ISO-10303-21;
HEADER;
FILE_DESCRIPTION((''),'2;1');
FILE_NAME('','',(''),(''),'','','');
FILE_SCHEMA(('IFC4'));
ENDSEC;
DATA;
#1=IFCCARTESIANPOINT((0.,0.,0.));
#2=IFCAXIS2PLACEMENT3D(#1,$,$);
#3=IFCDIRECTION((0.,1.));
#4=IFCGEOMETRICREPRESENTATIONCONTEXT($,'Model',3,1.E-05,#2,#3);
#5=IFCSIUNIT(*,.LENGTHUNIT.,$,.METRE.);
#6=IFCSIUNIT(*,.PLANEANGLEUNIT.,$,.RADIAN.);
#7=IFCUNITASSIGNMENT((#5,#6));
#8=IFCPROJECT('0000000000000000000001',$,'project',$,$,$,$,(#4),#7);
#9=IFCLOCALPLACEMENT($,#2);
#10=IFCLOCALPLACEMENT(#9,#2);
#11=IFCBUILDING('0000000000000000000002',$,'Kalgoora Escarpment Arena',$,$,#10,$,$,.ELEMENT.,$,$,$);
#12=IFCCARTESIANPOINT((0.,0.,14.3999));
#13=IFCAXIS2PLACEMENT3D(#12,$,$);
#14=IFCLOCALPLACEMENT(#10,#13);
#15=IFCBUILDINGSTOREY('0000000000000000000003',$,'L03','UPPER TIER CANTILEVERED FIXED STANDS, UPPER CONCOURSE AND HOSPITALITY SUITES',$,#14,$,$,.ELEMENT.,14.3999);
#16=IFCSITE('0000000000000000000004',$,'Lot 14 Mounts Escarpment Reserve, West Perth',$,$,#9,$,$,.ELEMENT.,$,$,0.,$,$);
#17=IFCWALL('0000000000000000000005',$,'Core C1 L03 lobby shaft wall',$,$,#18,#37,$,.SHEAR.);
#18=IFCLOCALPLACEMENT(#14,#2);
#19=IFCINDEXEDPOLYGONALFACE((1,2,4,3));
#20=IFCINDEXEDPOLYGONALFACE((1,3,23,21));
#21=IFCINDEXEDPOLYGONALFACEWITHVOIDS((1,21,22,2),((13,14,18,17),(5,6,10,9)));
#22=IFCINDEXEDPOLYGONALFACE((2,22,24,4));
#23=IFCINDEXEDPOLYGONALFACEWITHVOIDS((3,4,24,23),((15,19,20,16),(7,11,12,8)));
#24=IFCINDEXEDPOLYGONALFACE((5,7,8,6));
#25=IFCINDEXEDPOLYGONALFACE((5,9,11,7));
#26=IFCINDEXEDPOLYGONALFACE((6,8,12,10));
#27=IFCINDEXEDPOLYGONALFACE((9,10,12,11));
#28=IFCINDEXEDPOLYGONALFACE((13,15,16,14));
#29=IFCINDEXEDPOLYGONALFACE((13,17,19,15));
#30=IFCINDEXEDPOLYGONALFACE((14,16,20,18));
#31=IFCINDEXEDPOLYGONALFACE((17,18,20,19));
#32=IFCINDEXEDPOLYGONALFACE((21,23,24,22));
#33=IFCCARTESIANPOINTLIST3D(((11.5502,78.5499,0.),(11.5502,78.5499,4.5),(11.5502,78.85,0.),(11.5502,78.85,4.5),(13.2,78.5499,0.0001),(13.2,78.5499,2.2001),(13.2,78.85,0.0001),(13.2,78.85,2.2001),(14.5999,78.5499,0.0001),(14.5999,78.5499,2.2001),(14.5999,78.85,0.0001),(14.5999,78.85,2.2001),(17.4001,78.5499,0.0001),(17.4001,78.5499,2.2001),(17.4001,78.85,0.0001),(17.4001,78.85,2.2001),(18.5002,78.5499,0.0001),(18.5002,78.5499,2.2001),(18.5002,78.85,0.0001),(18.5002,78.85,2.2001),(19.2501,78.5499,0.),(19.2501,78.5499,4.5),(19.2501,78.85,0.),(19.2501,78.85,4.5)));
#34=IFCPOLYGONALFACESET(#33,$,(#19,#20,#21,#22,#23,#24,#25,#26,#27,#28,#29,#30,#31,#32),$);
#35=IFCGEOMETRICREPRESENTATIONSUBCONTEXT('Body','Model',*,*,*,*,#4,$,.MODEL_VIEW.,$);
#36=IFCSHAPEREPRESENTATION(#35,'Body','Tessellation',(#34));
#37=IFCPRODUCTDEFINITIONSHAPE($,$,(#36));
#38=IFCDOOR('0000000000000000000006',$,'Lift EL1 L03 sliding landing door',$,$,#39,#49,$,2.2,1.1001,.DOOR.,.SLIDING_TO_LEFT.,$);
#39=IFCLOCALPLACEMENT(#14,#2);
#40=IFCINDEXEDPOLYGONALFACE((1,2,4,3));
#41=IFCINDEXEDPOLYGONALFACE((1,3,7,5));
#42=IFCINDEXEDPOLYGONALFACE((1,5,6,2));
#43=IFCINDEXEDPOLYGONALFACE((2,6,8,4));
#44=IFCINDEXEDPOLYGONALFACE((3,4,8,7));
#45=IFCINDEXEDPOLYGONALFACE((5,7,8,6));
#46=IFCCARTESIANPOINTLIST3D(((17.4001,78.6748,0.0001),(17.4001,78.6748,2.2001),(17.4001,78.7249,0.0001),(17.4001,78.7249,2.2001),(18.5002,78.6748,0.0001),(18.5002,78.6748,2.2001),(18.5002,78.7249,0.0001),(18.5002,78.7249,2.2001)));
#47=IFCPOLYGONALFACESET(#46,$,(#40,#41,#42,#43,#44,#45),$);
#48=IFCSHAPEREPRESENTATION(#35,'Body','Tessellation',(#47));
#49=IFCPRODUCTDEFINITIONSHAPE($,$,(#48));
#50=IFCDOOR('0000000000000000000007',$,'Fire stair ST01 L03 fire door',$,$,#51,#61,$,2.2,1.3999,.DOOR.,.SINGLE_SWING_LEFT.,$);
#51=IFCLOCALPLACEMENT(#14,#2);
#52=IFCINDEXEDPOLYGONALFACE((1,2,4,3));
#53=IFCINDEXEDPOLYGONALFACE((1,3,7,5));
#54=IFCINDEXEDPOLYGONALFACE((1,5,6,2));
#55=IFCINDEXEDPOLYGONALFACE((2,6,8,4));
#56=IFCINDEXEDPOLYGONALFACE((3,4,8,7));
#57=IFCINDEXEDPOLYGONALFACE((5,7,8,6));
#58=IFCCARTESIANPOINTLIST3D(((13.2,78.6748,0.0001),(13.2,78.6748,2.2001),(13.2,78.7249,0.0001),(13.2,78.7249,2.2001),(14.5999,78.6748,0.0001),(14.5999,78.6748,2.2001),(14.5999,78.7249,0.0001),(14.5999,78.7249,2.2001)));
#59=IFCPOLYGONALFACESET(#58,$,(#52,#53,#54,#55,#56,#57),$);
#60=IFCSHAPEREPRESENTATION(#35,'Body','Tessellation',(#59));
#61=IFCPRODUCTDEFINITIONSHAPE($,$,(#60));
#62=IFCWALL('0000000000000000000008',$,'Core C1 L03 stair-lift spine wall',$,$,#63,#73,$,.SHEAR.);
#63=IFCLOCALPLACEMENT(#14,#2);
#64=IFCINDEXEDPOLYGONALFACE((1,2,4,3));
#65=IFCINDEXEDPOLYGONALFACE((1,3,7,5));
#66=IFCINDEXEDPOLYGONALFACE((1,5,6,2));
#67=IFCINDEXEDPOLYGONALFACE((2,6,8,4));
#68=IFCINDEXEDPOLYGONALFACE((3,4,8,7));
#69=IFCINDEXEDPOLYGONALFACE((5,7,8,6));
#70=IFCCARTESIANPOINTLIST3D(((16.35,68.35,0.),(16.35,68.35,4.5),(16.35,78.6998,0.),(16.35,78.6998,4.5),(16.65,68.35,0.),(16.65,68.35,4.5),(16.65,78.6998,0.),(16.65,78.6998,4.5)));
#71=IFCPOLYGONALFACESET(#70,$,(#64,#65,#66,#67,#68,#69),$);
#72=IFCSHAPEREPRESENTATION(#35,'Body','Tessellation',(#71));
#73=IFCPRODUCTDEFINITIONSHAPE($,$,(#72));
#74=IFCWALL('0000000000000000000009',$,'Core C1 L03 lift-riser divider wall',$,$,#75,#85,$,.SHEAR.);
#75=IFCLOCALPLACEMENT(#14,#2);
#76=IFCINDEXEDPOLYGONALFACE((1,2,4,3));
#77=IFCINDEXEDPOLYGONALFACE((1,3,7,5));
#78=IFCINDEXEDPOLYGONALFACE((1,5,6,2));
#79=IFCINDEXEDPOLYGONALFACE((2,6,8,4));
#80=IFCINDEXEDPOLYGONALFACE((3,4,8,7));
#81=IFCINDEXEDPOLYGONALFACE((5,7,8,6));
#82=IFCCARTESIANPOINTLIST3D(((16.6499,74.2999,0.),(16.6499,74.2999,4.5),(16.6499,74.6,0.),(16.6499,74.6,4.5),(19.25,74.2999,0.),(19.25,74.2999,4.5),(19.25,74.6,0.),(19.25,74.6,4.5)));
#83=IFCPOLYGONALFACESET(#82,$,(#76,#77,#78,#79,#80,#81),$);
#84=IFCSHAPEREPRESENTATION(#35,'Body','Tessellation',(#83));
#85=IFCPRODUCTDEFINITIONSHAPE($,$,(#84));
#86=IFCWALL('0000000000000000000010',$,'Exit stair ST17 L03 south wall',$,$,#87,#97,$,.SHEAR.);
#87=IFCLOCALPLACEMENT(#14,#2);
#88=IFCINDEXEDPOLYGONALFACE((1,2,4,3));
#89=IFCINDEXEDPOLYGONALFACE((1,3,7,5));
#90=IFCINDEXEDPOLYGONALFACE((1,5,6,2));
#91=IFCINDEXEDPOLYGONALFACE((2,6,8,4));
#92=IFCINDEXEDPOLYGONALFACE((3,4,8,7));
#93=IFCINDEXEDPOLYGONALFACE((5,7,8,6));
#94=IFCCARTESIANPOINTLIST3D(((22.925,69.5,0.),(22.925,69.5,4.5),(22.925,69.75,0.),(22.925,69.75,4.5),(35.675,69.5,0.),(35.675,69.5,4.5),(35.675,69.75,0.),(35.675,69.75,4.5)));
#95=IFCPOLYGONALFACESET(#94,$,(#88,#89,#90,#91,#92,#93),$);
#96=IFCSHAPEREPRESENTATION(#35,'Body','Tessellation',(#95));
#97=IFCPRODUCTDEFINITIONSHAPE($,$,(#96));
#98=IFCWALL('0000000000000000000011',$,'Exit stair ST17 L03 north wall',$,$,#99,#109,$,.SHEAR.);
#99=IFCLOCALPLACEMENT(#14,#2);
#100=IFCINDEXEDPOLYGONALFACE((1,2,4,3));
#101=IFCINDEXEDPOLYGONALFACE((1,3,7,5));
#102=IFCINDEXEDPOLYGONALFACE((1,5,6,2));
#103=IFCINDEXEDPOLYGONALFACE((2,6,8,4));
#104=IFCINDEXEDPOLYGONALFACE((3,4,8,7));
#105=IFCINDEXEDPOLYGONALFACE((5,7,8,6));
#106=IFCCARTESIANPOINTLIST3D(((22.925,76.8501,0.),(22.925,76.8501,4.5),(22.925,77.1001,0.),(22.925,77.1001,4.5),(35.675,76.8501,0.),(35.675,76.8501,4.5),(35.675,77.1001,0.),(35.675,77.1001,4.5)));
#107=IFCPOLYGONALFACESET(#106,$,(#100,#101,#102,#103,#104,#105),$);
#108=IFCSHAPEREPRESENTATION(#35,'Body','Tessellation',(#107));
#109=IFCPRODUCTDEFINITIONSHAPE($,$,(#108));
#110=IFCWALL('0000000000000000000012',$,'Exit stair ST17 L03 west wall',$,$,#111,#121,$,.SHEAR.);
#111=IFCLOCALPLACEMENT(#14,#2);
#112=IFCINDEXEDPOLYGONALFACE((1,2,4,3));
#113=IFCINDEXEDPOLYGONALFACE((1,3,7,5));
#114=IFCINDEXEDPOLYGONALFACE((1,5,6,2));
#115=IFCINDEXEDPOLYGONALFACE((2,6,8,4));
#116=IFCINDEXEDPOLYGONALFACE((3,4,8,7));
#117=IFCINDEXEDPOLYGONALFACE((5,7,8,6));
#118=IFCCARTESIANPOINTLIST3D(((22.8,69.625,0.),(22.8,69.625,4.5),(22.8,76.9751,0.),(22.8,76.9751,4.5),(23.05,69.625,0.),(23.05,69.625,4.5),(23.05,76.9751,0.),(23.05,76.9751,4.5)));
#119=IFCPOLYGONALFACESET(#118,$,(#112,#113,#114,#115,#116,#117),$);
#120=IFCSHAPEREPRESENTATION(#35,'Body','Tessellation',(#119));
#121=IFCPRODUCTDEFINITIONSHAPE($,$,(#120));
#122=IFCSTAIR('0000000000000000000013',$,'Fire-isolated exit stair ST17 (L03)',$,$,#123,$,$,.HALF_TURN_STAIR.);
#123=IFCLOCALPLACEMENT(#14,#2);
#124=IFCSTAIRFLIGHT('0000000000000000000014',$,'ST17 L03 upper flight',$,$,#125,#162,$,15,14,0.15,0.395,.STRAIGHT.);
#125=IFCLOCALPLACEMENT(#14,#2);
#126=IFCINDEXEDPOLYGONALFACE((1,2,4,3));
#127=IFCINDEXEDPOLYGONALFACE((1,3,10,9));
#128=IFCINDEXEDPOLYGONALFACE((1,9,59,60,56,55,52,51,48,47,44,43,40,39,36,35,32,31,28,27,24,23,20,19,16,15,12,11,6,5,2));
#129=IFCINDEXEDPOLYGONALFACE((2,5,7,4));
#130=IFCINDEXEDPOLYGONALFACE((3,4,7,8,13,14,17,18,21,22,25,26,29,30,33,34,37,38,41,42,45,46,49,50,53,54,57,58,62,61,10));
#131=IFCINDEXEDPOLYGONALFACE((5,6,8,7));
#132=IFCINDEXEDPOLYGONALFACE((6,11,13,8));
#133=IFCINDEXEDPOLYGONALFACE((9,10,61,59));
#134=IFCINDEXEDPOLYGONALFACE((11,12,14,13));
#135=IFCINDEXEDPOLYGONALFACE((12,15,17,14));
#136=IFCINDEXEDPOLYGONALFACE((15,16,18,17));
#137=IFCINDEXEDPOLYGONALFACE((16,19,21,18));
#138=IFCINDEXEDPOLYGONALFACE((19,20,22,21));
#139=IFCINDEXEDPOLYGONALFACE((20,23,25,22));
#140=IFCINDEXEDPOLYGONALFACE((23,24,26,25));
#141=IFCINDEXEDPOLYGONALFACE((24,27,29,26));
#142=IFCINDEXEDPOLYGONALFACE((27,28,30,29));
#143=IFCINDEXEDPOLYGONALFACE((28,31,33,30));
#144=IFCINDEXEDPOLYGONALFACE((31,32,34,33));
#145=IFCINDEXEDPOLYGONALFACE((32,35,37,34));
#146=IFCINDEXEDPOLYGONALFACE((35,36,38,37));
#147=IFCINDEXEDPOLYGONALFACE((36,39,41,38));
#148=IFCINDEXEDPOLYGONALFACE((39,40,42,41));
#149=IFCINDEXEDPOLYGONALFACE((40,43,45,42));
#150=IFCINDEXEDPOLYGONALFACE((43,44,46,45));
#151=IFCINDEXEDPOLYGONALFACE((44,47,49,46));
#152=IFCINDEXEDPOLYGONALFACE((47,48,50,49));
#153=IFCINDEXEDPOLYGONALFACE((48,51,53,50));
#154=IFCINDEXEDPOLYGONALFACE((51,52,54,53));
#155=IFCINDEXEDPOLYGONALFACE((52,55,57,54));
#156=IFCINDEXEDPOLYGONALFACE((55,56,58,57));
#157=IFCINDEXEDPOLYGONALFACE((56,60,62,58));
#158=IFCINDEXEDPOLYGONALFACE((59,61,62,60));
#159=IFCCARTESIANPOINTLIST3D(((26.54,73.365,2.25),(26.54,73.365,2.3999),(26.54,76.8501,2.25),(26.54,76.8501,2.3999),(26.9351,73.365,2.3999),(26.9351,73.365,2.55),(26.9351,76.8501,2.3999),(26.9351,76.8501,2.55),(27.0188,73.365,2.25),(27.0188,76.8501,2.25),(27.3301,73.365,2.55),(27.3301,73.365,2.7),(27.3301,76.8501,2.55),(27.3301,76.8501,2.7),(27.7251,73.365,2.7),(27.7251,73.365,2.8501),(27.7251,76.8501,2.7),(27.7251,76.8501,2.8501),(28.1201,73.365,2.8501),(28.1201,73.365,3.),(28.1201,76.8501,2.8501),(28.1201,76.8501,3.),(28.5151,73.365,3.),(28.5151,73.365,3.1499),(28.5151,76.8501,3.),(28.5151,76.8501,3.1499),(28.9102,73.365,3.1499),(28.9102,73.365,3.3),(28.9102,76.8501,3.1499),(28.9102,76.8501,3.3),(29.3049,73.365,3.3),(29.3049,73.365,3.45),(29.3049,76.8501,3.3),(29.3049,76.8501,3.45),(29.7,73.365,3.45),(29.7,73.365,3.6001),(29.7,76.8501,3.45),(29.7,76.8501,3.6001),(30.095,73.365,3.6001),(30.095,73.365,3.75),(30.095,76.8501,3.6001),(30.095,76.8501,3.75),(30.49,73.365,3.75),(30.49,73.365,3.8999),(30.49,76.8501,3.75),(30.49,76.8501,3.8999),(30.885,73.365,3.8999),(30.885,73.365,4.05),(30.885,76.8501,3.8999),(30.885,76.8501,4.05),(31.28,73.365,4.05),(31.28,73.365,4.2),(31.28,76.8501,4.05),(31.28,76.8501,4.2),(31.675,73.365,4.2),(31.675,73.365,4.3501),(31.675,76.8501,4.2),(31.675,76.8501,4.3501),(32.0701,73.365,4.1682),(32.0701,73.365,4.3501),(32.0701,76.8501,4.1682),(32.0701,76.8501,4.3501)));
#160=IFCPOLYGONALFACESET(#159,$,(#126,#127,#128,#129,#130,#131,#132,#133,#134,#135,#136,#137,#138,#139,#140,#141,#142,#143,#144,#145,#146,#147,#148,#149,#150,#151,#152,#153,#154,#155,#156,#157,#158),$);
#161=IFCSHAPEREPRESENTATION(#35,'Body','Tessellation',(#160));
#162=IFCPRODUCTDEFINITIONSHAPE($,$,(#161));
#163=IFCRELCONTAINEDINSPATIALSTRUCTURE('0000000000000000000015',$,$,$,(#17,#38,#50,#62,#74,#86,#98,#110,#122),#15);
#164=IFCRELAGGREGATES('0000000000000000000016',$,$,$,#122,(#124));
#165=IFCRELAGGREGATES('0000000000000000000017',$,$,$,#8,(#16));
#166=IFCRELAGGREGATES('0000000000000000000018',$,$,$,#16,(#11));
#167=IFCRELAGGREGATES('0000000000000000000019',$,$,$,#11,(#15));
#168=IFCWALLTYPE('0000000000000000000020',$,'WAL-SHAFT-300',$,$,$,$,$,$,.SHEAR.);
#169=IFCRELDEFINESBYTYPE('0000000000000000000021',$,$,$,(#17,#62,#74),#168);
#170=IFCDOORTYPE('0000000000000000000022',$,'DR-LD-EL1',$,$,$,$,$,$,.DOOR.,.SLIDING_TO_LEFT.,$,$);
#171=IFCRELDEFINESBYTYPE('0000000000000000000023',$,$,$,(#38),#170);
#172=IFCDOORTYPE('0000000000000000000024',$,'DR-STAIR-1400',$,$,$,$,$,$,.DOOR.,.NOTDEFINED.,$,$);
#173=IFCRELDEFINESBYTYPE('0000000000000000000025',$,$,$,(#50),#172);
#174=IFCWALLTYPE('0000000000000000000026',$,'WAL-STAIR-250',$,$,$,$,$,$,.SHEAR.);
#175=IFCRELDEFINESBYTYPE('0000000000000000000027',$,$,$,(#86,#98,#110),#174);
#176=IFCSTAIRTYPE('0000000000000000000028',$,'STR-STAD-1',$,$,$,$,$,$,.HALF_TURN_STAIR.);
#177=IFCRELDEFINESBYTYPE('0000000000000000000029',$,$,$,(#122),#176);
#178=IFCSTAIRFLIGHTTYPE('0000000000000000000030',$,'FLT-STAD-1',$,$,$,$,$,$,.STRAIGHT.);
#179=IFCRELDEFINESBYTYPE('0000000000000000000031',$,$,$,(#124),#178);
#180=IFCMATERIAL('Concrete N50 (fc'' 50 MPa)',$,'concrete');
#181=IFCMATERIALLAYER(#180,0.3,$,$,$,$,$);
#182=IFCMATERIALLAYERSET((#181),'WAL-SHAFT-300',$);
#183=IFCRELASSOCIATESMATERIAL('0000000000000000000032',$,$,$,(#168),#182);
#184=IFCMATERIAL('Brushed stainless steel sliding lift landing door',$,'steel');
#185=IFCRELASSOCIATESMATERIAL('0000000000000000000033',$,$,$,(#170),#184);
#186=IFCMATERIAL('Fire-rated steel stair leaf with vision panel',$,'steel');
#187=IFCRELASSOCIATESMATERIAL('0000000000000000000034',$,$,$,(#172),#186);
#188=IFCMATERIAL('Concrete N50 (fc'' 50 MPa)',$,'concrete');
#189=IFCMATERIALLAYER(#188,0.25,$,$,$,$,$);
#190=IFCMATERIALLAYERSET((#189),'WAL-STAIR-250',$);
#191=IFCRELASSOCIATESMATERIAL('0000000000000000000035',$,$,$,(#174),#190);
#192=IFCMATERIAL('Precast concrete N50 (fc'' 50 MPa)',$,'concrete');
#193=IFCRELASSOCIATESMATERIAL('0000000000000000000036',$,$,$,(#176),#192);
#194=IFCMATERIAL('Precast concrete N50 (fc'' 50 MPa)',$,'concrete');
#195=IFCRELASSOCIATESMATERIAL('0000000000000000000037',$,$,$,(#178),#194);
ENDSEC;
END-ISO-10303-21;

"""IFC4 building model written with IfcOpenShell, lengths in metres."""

from ifc_helpers import new_model, si_unit, direction, frame, frame_2d, origin, place, context, subcontext, project, spatial, polyline, rectangle, outline, extrude, material, layer, layer_set, type_object, element, fill, aggregate, save


model = new_model("IFC4")

# Units and contexts
model_context = context("Model", 3, precision=1e-05, world=origin(), true_north=direction((0.0, 1.0)))
body_context = subcontext(model_context, "Body", "Model", "MODEL_VIEW")
ifc_project = project(units=[si_unit("LENGTHUNIT", "METRE"), si_unit("PLANEANGLEUNIT", "RADIAN")], contexts=[model_context])

# Site, building, storey
site_placement = place(None, origin())
site = spatial("IfcSite", under=ifc_project, at=site_placement, Name="Lot 14 Mounts Escarpment Reserve, West Perth", CompositionType="ELEMENT", RefElevation=0.0)
building_placement = place(site_placement, origin())
building = spatial("IfcBuilding", under=site, at=building_placement, Name="Kalgoora Escarpment Arena", CompositionType="ELEMENT")
storey_placement = place(building_placement, frame((0.0, 0.0, 14.3999)))
storey = spatial("IfcBuildingStorey", under=building, at=storey_placement, Name="L03", Description="UPPER TIER CANTILEVERED FIXED STANDS, UPPER CONCOURSE AND HOSPITALITY SUITES", CompositionType="ELEMENT", Elevation=14.3999)

# Wall, openings, doors
ifc_material_1 = material(Name="Concrete N50 (fc' 50 MPa)", Category="concrete")
ifc_layer_1 = layer(ifc_material_1, 0.3)
ifc_layer_set_1 = layer_set([ifc_layer_1], Name="WAL-SHAFT-300")
wall_type_1 = type_object("IfcWallType", Name="WAL-SHAFT-300", PredefinedType="SHEAR", material=ifc_layer_set_1)
wall_1_placement = place(storey_placement, frame((11.55, 78.7, 0.0), z_axis=(0.0, 0.0, 1.0), x_axis=(1.0, 0.0, 0.0)))
wall_1 = element("IfcWall", 1, at=wall_1_placement, inside=storey, type_object=wall_type_1, Name="Core C1 L03 lobby shaft wall", PredefinedType="SHEAR", context=body_context, shape_type="SweptSolid", body=[
    extrude(rectangle(XDim=7.7, YDim=0.3, at=frame_2d((3.8501, 0.0))), origin(), (0.0, 0.0, 1.0), 4.5),
])
opening_1_placement = place(wall_1_placement, frame((1.6499, 0.0, 0.0)))
opening_1 = element("IfcOpeningElement", 2, at=opening_1_placement, cuts=wall_1, PredefinedType="OPENING", context=body_context, shape_type="SweptSolid", body=[
    extrude(rectangle(XDim=1.3999, YDim=2.2, at=frame_2d((0.7, 1.1001))), frame((0.0, 0.1599, 0.0), z_axis=(0.0, -1.0, 0.0), x_axis=(1.0, 0.0, 0.0)), (0.0, 0.0, 1.0), 0.3201),
])
opening_2_placement = place(wall_1_placement, frame((5.8501, 0.0, 0.0)))
opening_2 = element("IfcOpeningElement", 3, at=opening_2_placement, cuts=wall_1, PredefinedType="OPENING", context=body_context, shape_type="SweptSolid", body=[
    extrude(rectangle(XDim=1.1001, YDim=2.2, at=frame_2d((0.55, 1.1001))), frame((0.0, 0.1599, 0.0), z_axis=(0.0, -1.0, 0.0), x_axis=(1.0, 0.0, 0.0)), (0.0, 0.0, 1.0), 0.3201),
])
ifc_material_2 = material(Name="Brushed stainless steel sliding lift landing door", Category="steel")
door_type_1 = type_object("IfcDoorType", Name="DR-LD-EL1", OperationType="SLIDING_TO_LEFT", PredefinedType="DOOR", material=ifc_material_2)
door_1_placement = place(opening_2_placement, origin())
door_1 = element("IfcDoor", 4, at=door_1_placement, inside=storey, type_object=door_type_1, Name="Lift EL1 L03 sliding landing door", OperationType="SLIDING_TO_LEFT", OverallHeight=2.2, OverallWidth=1.1001, PredefinedType="DOOR", context=body_context, shape_type="SweptSolid", body=[
    extrude(rectangle(XDim=1.1001, YDim=2.2, at=frame_2d((0.55, 1.1001))), frame((0.0, 0.0249, 0.0), z_axis=(0.0, -1.0, 0.0), x_axis=(1.0, 0.0, 0.0)), (0.0, 0.0, 1.0), 0.05),
])
fill(opening_2, door_1)
ifc_material_3 = material(Name="Fire-rated steel stair leaf with vision panel", Category="steel")
door_type_2 = type_object("IfcDoorType", Name="DR-STAIR-1400", OperationType="NOTDEFINED", PredefinedType="DOOR", material=ifc_material_3)
door_2_placement = place(opening_1_placement, origin())
door_2 = element("IfcDoor", 5, at=door_2_placement, inside=storey, type_object=door_type_2, Name="Fire stair ST01 L03 fire door", OperationType="SINGLE_SWING_LEFT", OverallHeight=2.2, OverallWidth=1.3999, PredefinedType="DOOR", context=body_context, shape_type="SweptSolid", body=[
    extrude(rectangle(XDim=1.3999, YDim=2.2, at=frame_2d((0.7, 1.1001))), frame((0.0, 0.0249, 0.0), z_axis=(0.0, -1.0, 0.0), x_axis=(1.0, 0.0, 0.0)), (0.0, 0.0, 1.0), 0.05),
])
fill(opening_1, door_2)

# Walls
wall_2_placement = place(storey_placement, frame((16.5, 68.3501, 0.0), z_axis=(0.0, 0.0, 1.0), x_axis=(0.0, 1.0, 0.0)))
element("IfcWall", 6, at=wall_2_placement, inside=storey, type_object=wall_type_1, Name="Core C1 L03 stair-lift spine wall", PredefinedType="SHEAR", context=body_context, shape_type="SweptSolid", body=[
    extrude(rectangle(XDim=10.3499, YDim=0.3, at=frame_2d((5.1748, 0.0))), origin(), (0.0, 0.0, 1.0), 4.5),
])
wall_3_placement = place(storey_placement, frame((16.6499, 74.45, 0.0), z_axis=(0.0, 0.0, 1.0), x_axis=(1.0, 0.0, 0.0)))
element("IfcWall", 7, at=wall_3_placement, inside=storey, type_object=wall_type_1, Name="Core C1 L03 lift-riser divider wall", PredefinedType="SHEAR", context=body_context, shape_type="SweptSolid", body=[
    extrude(rectangle(XDim=2.6001, YDim=0.3, at=frame_2d((1.3, 0.0))), origin(), (0.0, 0.0, 1.0), 4.5),
])
ifc_material_4 = material(Name="Concrete N50 (fc' 50 MPa)", Category="concrete")
ifc_layer_2 = layer(ifc_material_4, 0.25)
ifc_layer_set_2 = layer_set([ifc_layer_2], Name="WAL-STAIR-250")
wall_type_2 = type_object("IfcWallType", Name="WAL-STAIR-250", PredefinedType="SHEAR", material=ifc_layer_set_2)
for number, where, z_axis, x_axis, name in (
    (8, (22.925, 69.625, 0.0), (0.0, 0.0, 1.0), (1.0, 0.0, 0.0), "Exit stair ST17 L03 south wall"),
    (9, (22.925, 76.9751, 0.0), (0.0, 0.0, 1.0), (1.0, 0.0, 0.0), "Exit stair ST17 L03 north wall"),
):
    element("IfcWall", number, at=place(storey_placement, frame(where, z_axis=z_axis, x_axis=x_axis)), inside=storey, type_object=wall_type_2, Name=name, PredefinedType="SHEAR", context=body_context, shape_type="SweptSolid", body=[
        extrude(rectangle(XDim=12.75, YDim=0.25, at=frame_2d((6.375, 0.0))), origin(), (0.0, 0.0, 1.0), 4.5),
    ])
wall_4_placement = place(storey_placement, frame((22.925, 69.625, 0.0), z_axis=(0.0, 0.0, 1.0), x_axis=(0.0, 1.0, 0.0)))
element("IfcWall", 10, at=wall_4_placement, inside=storey, type_object=wall_type_2, Name="Exit stair ST17 L03 west wall", PredefinedType="SHEAR", context=body_context, shape_type="SweptSolid", body=[
    extrude(rectangle(XDim=7.3501, YDim=0.25, at=frame_2d((3.675, 0.0))), origin(), (0.0, 0.0, 1.0), 4.5),
])

# Stair, stair flight
ifc_material_5 = material(Name="Precast concrete N50 (fc' 50 MPa)", Category="concrete")
stair_type = type_object("IfcStairType", Name="STR-STAD-1", PredefinedType="HALF_TURN_STAIR", material=ifc_material_5)
stair_placement = place(storey_placement, origin())
stair = element("IfcStair", 11, at=stair_placement, inside=storey, type_object=stair_type, Name="Fire-isolated exit stair ST17 (L03)", PredefinedType="HALF_TURN_STAIR")
ifc_material_6 = material(Name="Precast concrete N50 (fc' 50 MPa)", Category="concrete")
stair_flight_type = type_object("IfcStairFlightType", Name="FLT-STAD-1", PredefinedType="STRAIGHT", material=ifc_material_6)
stair_flight_placement = place(storey_placement, frame((26.54, 75.1074, 2.25), z_axis=(0.0, 0.0, 1.0), x_axis=(1.0, 0.0, 0.0)))
stair_flight = element("IfcStairFlight", 12, at=stair_flight_placement, type_object=stair_flight_type, Name="ST17 L03 upper flight", NumberOfRisers=15, NumberOfTreads=14, PredefinedType="STRAIGHT", RiserHeight=0.15, TreadLength=0.395, context=body_context, shape_type="SweptSolid", body=[
    extrude(outline(polyline([(0.0, 0.0), (0.0, 0.1499), (0.395, 0.1499), (0.395, 0.3), (0.79, 0.3), (0.79, 0.45), (1.1851, 0.45), (1.1851, 0.6001), (1.5801, 0.6001), (1.5801, 0.75), (1.9751, 0.75), (1.9751, 0.8999), (2.3701, 0.8999), (2.3701, 1.05), (2.7649, 1.05), (2.7649, 1.2), (3.1599, 1.2), (3.1599, 1.3501), (3.5549, 1.3501), (3.5549, 1.5), (3.95, 1.5), (3.95, 1.6499), (4.345, 1.6499), (4.345, 1.8), (4.74, 1.8), (4.74, 1.95), (5.135, 1.95), (5.135, 2.1001), (5.53, 2.1001), (5.53, 2.25), (5.53, 1.9182), (0.4788, 0.0), (0.0, 0.0)])), frame((0.0, 1.7427, 0.0), z_axis=(0.0, -1.0, 0.0), x_axis=(1.0, 0.0, 0.0)), (0.0, 0.0, 1.0), 3.4851),
])
aggregate(stair, [stair_flight])

save(model, "model.ifc")
